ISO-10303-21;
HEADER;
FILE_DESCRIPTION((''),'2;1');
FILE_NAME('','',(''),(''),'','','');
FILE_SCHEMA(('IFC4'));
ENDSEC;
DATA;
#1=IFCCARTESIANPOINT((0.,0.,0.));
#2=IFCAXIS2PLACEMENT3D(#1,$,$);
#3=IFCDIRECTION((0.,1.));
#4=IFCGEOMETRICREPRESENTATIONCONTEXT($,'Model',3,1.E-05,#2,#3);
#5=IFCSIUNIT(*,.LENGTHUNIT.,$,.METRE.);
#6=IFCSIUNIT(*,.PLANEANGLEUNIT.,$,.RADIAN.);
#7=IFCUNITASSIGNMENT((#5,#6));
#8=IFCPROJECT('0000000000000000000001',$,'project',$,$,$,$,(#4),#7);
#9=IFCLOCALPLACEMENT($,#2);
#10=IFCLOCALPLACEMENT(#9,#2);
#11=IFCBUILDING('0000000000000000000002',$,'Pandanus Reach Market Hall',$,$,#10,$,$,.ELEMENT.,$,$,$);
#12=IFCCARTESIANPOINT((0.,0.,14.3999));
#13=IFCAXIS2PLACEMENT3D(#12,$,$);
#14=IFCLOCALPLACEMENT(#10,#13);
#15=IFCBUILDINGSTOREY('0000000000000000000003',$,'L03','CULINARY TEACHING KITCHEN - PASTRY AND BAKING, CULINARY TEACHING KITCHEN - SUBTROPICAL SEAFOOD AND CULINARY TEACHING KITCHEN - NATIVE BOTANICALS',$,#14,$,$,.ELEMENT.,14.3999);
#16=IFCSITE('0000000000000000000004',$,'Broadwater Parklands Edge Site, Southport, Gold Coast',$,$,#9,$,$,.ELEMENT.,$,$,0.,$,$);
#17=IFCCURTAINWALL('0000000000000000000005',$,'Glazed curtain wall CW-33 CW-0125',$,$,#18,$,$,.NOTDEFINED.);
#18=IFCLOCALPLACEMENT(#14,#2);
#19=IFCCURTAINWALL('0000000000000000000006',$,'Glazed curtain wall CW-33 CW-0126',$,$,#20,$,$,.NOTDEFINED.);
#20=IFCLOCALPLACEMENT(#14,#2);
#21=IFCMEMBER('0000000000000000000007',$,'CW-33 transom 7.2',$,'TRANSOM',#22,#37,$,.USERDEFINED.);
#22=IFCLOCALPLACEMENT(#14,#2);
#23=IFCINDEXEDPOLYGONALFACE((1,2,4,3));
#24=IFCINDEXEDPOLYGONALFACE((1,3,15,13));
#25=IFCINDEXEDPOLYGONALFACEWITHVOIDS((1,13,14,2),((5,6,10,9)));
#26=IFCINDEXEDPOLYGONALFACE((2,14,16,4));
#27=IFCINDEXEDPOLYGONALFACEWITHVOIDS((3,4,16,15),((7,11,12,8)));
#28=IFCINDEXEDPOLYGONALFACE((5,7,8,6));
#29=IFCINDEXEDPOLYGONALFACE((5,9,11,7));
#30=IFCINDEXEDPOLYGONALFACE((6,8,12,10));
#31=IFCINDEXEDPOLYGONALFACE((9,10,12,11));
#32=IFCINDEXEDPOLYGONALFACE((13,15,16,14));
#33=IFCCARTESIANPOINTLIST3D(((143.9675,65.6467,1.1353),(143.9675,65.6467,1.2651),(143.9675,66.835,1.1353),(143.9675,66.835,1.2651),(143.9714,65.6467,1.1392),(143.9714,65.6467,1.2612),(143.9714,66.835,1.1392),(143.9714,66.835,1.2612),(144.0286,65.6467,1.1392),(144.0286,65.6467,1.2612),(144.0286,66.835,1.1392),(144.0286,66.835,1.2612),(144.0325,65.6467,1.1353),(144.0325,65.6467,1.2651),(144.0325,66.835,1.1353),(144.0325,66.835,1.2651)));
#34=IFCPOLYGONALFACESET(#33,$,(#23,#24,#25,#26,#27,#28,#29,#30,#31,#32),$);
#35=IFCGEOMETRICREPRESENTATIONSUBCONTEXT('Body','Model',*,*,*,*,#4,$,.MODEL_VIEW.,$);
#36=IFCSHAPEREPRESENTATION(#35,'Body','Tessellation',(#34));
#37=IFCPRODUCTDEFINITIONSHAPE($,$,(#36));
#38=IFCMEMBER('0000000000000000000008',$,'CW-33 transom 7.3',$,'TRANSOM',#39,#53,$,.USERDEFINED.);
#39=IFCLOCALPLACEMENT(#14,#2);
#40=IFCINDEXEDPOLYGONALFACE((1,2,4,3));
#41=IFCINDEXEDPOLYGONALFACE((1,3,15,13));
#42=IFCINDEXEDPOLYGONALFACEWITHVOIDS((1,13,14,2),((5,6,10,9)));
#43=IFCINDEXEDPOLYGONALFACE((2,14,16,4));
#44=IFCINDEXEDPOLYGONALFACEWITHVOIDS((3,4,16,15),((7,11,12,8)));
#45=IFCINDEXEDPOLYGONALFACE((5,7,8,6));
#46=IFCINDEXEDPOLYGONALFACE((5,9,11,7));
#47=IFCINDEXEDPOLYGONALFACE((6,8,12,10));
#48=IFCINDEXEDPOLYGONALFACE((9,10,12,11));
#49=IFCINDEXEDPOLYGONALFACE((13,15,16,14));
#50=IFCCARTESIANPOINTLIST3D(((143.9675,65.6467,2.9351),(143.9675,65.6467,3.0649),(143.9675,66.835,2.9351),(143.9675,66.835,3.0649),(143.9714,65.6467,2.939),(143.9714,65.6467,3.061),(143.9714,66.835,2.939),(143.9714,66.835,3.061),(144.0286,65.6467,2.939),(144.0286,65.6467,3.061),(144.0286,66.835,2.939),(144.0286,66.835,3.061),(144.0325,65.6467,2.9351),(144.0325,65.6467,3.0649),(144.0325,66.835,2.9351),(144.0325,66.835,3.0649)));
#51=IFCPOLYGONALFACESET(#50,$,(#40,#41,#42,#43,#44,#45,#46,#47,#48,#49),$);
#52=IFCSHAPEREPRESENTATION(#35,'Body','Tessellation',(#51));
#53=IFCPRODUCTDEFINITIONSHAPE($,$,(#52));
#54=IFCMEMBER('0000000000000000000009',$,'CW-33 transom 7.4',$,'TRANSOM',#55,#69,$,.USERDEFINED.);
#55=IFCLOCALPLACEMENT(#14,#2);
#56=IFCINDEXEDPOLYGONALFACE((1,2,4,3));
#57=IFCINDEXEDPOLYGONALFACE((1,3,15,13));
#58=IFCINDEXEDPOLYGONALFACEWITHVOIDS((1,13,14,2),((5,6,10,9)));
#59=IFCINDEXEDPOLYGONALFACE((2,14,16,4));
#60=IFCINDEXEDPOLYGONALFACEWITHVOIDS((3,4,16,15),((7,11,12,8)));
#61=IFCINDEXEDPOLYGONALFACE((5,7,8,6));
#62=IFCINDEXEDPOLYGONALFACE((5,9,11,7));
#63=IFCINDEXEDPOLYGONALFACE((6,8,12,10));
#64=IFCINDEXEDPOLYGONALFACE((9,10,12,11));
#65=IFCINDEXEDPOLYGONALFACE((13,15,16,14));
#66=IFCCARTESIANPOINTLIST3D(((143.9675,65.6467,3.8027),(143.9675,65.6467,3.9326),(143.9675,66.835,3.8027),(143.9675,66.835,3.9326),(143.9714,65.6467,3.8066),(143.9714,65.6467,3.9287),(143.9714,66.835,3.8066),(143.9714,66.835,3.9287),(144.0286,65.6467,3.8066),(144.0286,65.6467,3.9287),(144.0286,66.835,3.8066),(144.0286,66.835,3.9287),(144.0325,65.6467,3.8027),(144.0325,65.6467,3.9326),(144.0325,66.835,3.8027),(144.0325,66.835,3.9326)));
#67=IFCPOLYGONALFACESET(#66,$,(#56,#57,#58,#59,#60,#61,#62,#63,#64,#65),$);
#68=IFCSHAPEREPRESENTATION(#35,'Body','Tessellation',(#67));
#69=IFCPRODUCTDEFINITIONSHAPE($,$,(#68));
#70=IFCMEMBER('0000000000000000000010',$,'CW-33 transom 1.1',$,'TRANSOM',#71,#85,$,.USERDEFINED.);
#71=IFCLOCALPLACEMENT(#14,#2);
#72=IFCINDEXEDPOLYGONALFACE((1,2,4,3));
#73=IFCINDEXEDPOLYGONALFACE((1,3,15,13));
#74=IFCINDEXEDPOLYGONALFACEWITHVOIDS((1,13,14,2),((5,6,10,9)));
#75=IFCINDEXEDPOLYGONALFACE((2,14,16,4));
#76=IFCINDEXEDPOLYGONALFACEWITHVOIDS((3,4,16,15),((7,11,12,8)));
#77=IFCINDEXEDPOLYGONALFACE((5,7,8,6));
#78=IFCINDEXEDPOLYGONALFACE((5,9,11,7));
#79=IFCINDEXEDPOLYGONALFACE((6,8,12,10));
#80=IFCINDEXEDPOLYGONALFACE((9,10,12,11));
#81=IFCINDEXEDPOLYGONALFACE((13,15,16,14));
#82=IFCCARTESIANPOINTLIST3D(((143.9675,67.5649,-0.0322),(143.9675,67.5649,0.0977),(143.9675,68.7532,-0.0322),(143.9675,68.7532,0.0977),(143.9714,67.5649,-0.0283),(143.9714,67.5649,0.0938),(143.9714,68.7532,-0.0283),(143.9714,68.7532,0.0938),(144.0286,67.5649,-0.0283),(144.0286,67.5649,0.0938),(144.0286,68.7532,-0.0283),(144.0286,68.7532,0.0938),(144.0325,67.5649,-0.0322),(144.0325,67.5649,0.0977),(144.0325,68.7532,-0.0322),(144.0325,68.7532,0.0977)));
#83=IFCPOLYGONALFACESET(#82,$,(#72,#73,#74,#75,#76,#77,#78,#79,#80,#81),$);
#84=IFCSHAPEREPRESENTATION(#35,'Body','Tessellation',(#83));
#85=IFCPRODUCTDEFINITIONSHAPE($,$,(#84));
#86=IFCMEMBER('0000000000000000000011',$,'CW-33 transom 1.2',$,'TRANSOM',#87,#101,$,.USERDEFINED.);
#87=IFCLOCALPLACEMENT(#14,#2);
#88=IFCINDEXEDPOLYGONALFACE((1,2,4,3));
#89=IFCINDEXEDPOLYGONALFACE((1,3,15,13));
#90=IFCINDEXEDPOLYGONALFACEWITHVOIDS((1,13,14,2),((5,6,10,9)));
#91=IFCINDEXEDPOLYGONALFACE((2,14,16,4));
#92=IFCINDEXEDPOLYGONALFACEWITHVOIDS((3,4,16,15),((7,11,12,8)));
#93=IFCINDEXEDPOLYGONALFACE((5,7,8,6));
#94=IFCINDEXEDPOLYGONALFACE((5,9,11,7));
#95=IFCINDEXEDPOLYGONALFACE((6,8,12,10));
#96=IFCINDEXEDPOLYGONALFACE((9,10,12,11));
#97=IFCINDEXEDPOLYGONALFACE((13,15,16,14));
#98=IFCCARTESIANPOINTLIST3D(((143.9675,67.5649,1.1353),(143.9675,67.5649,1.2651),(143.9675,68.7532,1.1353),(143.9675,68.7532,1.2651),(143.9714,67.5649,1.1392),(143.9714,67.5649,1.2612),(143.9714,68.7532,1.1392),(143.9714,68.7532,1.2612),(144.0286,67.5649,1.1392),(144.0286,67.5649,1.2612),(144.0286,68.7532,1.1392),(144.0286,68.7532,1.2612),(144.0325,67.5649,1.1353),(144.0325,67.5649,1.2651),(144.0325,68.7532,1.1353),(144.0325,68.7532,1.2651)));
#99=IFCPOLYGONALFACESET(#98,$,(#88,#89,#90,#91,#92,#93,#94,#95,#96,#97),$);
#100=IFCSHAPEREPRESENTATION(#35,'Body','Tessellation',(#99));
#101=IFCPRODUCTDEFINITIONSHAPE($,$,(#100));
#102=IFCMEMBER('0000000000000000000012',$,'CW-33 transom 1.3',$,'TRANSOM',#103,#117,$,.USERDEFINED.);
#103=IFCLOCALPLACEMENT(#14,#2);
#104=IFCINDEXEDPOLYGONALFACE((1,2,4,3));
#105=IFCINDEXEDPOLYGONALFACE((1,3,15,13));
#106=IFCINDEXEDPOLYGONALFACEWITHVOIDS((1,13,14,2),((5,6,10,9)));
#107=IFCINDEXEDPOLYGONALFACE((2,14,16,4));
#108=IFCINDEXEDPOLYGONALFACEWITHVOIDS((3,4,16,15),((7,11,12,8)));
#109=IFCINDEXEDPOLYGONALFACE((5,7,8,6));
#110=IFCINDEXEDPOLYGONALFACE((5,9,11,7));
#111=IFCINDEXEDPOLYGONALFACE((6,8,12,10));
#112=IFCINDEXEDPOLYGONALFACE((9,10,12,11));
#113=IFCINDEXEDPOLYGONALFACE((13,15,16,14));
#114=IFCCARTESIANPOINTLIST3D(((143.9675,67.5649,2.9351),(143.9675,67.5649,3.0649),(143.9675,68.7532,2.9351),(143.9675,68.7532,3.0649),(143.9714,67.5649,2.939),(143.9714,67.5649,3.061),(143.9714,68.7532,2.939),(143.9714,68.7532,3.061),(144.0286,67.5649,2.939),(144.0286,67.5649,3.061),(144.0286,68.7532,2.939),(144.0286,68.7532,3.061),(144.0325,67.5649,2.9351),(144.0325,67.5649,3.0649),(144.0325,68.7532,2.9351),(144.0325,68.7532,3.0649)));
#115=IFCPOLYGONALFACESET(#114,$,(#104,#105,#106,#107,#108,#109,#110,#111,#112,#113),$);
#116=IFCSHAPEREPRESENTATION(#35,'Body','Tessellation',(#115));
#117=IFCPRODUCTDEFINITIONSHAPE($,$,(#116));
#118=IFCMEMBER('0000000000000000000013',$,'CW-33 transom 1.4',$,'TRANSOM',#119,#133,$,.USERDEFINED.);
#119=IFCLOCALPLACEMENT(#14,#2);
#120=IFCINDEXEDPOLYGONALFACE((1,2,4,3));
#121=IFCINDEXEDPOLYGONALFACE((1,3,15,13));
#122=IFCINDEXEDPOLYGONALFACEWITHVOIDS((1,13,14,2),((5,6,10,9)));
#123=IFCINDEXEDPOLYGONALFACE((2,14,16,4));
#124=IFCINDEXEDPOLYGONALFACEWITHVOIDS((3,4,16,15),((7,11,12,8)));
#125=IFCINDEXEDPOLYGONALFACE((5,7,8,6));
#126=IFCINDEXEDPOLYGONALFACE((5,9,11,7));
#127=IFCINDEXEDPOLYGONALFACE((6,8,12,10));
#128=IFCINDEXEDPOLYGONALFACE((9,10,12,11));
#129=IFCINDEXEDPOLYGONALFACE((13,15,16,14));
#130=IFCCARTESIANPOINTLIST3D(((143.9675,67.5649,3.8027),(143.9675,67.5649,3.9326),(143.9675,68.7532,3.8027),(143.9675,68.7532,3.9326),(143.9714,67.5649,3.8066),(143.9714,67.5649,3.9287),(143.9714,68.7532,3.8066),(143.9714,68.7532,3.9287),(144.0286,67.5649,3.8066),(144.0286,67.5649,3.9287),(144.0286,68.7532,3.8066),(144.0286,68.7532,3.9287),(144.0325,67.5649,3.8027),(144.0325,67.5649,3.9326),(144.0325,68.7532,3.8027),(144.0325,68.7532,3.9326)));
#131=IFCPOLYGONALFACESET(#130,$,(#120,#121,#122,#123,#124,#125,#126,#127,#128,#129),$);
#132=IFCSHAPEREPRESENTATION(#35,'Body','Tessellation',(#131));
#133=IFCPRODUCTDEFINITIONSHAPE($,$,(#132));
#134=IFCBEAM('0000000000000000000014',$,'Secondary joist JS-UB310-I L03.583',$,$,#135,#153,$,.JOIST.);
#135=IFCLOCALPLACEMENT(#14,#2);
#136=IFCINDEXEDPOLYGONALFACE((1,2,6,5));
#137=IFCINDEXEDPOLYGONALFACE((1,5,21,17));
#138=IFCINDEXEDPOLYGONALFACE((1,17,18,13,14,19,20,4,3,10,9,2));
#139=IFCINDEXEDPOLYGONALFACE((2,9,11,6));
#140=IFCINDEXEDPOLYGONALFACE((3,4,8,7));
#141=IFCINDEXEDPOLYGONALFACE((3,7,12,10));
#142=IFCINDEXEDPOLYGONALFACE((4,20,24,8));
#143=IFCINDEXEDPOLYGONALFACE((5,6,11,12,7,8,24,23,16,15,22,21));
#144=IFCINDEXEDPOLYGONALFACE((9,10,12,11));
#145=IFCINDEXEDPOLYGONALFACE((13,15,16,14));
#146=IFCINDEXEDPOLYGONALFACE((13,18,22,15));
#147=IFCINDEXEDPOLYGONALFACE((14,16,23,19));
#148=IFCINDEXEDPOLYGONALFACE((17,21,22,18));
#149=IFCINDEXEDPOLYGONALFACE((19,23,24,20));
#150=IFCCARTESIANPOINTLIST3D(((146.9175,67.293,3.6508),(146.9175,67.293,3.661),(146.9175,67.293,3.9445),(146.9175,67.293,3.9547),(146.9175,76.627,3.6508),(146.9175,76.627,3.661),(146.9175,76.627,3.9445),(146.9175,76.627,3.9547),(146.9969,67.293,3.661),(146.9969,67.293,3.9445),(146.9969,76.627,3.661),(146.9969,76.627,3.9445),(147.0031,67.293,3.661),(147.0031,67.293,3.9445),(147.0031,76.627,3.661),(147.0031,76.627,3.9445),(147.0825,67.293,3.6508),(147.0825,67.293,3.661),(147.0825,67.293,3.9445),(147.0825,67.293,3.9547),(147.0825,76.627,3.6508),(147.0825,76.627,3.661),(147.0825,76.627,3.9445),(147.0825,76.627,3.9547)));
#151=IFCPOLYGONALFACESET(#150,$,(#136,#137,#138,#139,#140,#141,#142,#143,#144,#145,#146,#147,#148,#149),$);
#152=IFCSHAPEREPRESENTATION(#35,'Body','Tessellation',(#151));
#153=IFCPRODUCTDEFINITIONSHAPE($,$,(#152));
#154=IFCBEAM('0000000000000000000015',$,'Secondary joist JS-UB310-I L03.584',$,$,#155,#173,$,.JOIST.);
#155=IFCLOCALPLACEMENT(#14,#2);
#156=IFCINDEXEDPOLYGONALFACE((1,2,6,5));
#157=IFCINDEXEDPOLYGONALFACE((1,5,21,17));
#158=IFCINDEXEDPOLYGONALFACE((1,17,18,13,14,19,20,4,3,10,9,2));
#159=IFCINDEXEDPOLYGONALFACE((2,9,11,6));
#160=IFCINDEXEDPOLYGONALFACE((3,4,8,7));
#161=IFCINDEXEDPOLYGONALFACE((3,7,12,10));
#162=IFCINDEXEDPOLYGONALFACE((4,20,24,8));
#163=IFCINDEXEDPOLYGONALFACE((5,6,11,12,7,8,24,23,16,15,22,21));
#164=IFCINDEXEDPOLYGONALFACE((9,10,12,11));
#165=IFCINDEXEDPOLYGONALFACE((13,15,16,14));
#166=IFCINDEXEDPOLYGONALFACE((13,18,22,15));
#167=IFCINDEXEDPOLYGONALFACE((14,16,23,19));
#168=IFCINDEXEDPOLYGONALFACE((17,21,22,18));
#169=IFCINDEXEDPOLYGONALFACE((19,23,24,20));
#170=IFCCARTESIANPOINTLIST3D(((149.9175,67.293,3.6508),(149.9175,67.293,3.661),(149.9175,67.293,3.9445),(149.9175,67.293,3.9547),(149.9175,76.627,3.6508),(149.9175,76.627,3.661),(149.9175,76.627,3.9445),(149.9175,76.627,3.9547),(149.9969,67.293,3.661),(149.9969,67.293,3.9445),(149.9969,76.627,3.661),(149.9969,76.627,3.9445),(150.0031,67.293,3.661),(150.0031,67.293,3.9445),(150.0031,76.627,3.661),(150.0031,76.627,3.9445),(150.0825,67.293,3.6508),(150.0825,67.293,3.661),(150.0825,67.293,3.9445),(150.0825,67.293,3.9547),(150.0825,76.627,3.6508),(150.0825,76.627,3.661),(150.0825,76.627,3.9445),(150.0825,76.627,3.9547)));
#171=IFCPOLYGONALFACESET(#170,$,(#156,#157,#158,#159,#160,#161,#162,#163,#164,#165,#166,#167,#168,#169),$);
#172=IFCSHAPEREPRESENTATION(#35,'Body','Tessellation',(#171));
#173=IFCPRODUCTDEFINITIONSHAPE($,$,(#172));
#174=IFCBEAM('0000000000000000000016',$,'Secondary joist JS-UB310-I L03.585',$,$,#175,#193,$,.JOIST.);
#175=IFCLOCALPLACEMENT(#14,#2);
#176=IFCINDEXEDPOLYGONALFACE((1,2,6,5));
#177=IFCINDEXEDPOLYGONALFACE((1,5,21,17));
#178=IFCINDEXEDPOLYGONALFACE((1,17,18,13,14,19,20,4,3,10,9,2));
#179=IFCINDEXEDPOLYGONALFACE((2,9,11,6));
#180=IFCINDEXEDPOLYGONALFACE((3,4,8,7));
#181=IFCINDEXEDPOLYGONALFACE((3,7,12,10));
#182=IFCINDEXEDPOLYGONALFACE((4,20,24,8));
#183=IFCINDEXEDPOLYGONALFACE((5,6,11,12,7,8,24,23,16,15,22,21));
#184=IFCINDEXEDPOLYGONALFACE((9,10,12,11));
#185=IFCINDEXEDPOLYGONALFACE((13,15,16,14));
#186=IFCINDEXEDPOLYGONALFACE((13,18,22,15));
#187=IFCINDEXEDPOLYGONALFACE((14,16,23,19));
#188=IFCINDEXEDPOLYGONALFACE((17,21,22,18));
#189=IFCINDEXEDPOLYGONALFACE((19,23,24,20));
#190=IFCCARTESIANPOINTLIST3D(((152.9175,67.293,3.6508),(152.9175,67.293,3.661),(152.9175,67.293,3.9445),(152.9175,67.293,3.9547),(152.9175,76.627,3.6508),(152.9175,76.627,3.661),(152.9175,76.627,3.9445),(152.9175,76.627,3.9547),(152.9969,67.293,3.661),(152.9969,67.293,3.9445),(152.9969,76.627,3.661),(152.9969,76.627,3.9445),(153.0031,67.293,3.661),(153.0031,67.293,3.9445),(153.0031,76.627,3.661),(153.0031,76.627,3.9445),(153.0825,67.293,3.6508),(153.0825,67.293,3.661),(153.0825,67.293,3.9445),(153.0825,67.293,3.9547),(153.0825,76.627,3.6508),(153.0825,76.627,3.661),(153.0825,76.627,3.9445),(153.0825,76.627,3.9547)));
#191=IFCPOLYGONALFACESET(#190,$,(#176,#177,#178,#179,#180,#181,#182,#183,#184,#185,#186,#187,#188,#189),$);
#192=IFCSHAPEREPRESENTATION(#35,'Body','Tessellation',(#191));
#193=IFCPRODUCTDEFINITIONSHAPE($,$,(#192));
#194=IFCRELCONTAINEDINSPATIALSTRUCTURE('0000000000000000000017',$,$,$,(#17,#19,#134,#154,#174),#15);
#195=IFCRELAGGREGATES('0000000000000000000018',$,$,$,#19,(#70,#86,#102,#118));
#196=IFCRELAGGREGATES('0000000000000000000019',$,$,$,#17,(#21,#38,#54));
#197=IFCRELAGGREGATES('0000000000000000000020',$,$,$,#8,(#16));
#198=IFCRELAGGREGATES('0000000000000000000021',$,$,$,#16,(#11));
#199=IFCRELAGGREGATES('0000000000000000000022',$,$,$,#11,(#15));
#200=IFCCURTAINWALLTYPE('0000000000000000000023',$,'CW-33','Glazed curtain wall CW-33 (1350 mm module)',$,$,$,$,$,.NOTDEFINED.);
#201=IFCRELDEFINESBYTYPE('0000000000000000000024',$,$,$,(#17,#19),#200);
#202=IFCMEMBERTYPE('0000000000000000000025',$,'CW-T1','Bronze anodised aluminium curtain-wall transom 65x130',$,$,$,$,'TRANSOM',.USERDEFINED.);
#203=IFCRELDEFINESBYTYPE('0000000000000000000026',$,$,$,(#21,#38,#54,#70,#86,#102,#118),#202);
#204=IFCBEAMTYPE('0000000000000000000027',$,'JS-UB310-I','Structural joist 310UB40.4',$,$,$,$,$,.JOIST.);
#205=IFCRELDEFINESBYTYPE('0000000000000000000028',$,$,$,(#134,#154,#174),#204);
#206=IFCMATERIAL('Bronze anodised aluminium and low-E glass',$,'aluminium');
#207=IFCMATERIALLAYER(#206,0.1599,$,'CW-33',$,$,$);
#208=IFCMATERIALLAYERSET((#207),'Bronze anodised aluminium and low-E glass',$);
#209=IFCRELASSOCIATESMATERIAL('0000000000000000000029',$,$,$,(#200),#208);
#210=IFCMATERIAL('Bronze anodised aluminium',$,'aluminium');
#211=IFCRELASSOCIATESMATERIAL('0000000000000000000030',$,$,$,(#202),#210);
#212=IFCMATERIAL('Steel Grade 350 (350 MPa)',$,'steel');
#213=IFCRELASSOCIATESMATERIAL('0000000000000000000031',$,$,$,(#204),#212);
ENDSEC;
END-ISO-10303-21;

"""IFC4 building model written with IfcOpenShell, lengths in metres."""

from ifc_helpers import new_model, si_unit, direction, frame, origin, origin_2d, place, context, subcontext, project, spatial, hollow_rectangle, i_section, extrude, material, layer, layer_set, material_profile, profile_set, type_object, element, aggregate, save


model = new_model("IFC4")

# Units and contexts
model_context = context("Model", 3, precision=1e-05, world=origin(), true_north=direction((0.0, 1.0)))
body_context = subcontext(model_context, "Body", "Model", "MODEL_VIEW")
ifc_project = project(units=[si_unit("LENGTHUNIT", "METRE"), si_unit("PLANEANGLEUNIT", "RADIAN")], contexts=[model_context])

# Site, building, storey
site_placement = place(None, origin())
site = spatial("IfcSite", under=ifc_project, at=site_placement, Name="Broadwater Parklands Edge Site, Southport, Gold Coast", CompositionType="ELEMENT", RefElevation=0.0)
building_placement = place(site_placement, origin())
building = spatial("IfcBuilding", under=site, at=building_placement, Name="Pandanus Reach Market Hall", CompositionType="ELEMENT")
storey_placement = place(building_placement, frame((0.0, 0.0, 14.3999)))
storey = spatial("IfcBuildingStorey", under=building, at=storey_placement, Name="L03", Description="CULINARY TEACHING KITCHEN - PASTRY AND BAKING, CULINARY TEACHING KITCHEN - SUBTROPICAL SEAFOOD AND CULINARY TEACHING KITCHEN - NATIVE BOTANICALS", CompositionType="ELEMENT", Elevation=14.3999)

# Shared definitions
ifc_material_1 = material(Name="Steel Grade 350 (350 MPa)", Category="steel")

# Curtain wall
ifc_material_2 = material(Name="Bronze anodised aluminium and low-E glass", Category="aluminium")
ifc_layer_1 = layer(ifc_material_2, 0.1599, Name="CW-33")
ifc_layer_set_1 = layer_set([ifc_layer_1], Name="Bronze anodised aluminium and low-E glass")
curtain_wall_type = type_object("IfcCurtainWallType", Name="CW-33", Description="Glazed curtain wall CW-33 (1350 mm module)", PredefinedType="NOTDEFINED", material=ifc_layer_set_1)
curtain_wall_1_placement = place(storey_placement, origin())
curtain_wall_1 = element("IfcCurtainWall", 1, at=curtain_wall_1_placement, inside=storey, type_object=curtain_wall_type, Name="Glazed curtain wall CW-33 CW-0125", PredefinedType="NOTDEFINED")
ifc_material_3 = material(Name="Bronze anodised aluminium", Category="aluminium")

# Curtain wall
curtain_wall_2_placement = place(storey_placement, origin())
curtain_wall_2 = element("IfcCurtainWall", 2, at=curtain_wall_2_placement, inside=storey, type_object=curtain_wall_type, Name="Glazed curtain wall CW-33 CW-0126", PredefinedType="NOTDEFINED")

# Members
ifc_material_profile_1 = material_profile(ifc_material_3, hollow_rectangle(XDim=0.0649, YDim=0.1299, WallThickness=0.0039, at=origin_2d()), Name="ALU65x130", Category="LoadBearing")
ifc_profile_set_1 = profile_set([ifc_material_profile_1], Name="Bronze anodised aluminium")
member_type_1 = type_object("IfcMemberType", Name="CW-T1", Description="Bronze anodised aluminium curtain-wall transom 65x130", ElementType="TRANSOM", PredefinedType="USERDEFINED", material=ifc_profile_set_1)
member_1_placement = place(storey_placement, frame((144.0, 65.6467, 1.2002), z_axis=(0.0, 1.0, 0.0), x_axis=(-1.0, 0.0, 0.0)))
member_1 = element("IfcMember", 3, at=member_1_placement, type_object=member_type_1, Name="CW-33 transom 7.2", ObjectType="TRANSOM", PredefinedType="USERDEFINED", context=body_context, shape_type="SweptSolid", body=[
    extrude(hollow_rectangle(XDim=0.0649, YDim=0.1299, WallThickness=0.0039, at=origin_2d()), origin(), (0.0, 0.0, 1.0), 1.1882),
])
member_2_placement = place(storey_placement, frame((144.0, 65.6467, 3.0), z_axis=(0.0, 1.0, 0.0), x_axis=(-1.0, 0.0, 0.0)))
member_2 = element("IfcMember", 4, at=member_2_placement, type_object=member_type_1, Name="CW-33 transom 7.3", ObjectType="TRANSOM", PredefinedType="USERDEFINED", context=body_context, shape_type="SweptSolid", body=[
    extrude(hollow_rectangle(XDim=0.0649, YDim=0.1299, WallThickness=0.0039, at=origin_2d()), origin(), (0.0, 0.0, 1.0), 1.1882),
])
member_3_placement = place(storey_placement, frame((144.0, 65.6467, 3.8677), z_axis=(0.0, 1.0, 0.0), x_axis=(-1.0, 0.0, 0.0)))
member_3 = element("IfcMember", 5, at=member_3_placement, type_object=member_type_1, Name="CW-33 transom 7.4", ObjectType="TRANSOM", PredefinedType="USERDEFINED", context=body_context, shape_type="SweptSolid", body=[
    extrude(hollow_rectangle(XDim=0.0649, YDim=0.1299, WallThickness=0.0039, at=origin_2d()), origin(), (0.0, 0.0, 1.0), 1.1882),
])
member_4_placement = place(storey_placement, frame((144.0, 67.5649, 0.0327), z_axis=(0.0, 1.0, 0.0), x_axis=(-1.0, 0.0, 0.0)))
member_4 = element("IfcMember", 6, at=member_4_placement, type_object=member_type_1, Name="CW-33 transom 1.1", ObjectType="TRANSOM", PredefinedType="USERDEFINED", context=body_context, shape_type="SweptSolid", body=[
    extrude(hollow_rectangle(XDim=0.0649, YDim=0.1299, WallThickness=0.0039, at=origin_2d()), origin(), (0.0, 0.0, 1.0), 1.1882),
])
member_5_placement = place(storey_placement, frame((144.0, 67.5649, 1.2002), z_axis=(0.0, 1.0, 0.0), x_axis=(-1.0, 0.0, 0.0)))
member_5 = element("IfcMember", 7, at=member_5_placement, type_object=member_type_1, Name="CW-33 transom 1.2", ObjectType="TRANSOM", PredefinedType="USERDEFINED", context=body_context, shape_type="SweptSolid", body=[
    extrude(hollow_rectangle(XDim=0.0649, YDim=0.1299, WallThickness=0.0039, at=origin_2d()), origin(), (0.0, 0.0, 1.0), 1.1882),
])
member_6_placement = place(storey_placement, frame((144.0, 67.5649, 3.0), z_axis=(0.0, 1.0, 0.0), x_axis=(-1.0, 0.0, 0.0)))
member_6 = element("IfcMember", 8, at=member_6_placement, type_object=member_type_1, Name="CW-33 transom 1.3", ObjectType="TRANSOM", PredefinedType="USERDEFINED", context=body_context, shape_type="SweptSolid", body=[
    extrude(hollow_rectangle(XDim=0.0649, YDim=0.1299, WallThickness=0.0039, at=origin_2d()), origin(), (0.0, 0.0, 1.0), 1.1882),
])
member_7_placement = place(storey_placement, frame((144.0, 67.5649, 3.8677), z_axis=(0.0, 1.0, 0.0), x_axis=(-1.0, 0.0, 0.0)))
member_7 = element("IfcMember", 9, at=member_7_placement, type_object=member_type_1, Name="CW-33 transom 1.4", ObjectType="TRANSOM", PredefinedType="USERDEFINED", context=body_context, shape_type="SweptSolid", body=[
    extrude(hollow_rectangle(XDim=0.0649, YDim=0.1299, WallThickness=0.0039, at=origin_2d()), origin(), (0.0, 0.0, 1.0), 1.1882),
])
aggregate(curtain_wall_2, [member_4, member_5, member_6, member_7])

# Beams
ifc_material_profile_2 = material_profile(ifc_material_1, i_section(OverallWidth=0.165, OverallDepth=0.304, WebThickness=0.0061, FlangeThickness=0.0103, at=origin_2d()), Name="310UB40.4", Category="LoadBearing")
ifc_profile_set_2 = profile_set([ifc_material_profile_2], Name="Steel Grade 350 (350 MPa)")
beam_type_1 = type_object("IfcBeamType", Name="JS-UB310-I", Description="Structural joist 310UB40.4", PredefinedType="JOIST", material=ifc_profile_set_2)
for number, where, z_axis, x_axis, name in (
    (10, (147.0, 67.293, 3.8027), (0.0, 1.0, 0.0), (-1.0, 0.0, 0.0), "Secondary joist JS-UB310-I L03.583"),
    (11, (150.0, 67.293, 3.8027), (0.0, 1.0, 0.0), (-1.0, 0.0, 0.0), "Secondary joist JS-UB310-I L03.584"),
    (12, (153.0, 67.293, 3.8027), (0.0, 1.0, 0.0), (-1.0, 0.0, 0.0), "Secondary joist JS-UB310-I L03.585"),
):
    element("IfcBeam", number, at=place(storey_placement, frame(where, z_axis=z_axis, x_axis=x_axis)), inside=storey, type_object=beam_type_1, Name=name, PredefinedType="JOIST", context=body_context, shape_type="SweptSolid", body=[
        extrude(i_section(OverallWidth=0.165, OverallDepth=0.304, WebThickness=0.0061, FlangeThickness=0.0103, at=origin_2d()), origin(), (0.0, 0.0, 1.0), 9.334),
    ])

aggregate(curtain_wall_1, [member_1, member_2, member_3])

save(model, "model.ifc")
